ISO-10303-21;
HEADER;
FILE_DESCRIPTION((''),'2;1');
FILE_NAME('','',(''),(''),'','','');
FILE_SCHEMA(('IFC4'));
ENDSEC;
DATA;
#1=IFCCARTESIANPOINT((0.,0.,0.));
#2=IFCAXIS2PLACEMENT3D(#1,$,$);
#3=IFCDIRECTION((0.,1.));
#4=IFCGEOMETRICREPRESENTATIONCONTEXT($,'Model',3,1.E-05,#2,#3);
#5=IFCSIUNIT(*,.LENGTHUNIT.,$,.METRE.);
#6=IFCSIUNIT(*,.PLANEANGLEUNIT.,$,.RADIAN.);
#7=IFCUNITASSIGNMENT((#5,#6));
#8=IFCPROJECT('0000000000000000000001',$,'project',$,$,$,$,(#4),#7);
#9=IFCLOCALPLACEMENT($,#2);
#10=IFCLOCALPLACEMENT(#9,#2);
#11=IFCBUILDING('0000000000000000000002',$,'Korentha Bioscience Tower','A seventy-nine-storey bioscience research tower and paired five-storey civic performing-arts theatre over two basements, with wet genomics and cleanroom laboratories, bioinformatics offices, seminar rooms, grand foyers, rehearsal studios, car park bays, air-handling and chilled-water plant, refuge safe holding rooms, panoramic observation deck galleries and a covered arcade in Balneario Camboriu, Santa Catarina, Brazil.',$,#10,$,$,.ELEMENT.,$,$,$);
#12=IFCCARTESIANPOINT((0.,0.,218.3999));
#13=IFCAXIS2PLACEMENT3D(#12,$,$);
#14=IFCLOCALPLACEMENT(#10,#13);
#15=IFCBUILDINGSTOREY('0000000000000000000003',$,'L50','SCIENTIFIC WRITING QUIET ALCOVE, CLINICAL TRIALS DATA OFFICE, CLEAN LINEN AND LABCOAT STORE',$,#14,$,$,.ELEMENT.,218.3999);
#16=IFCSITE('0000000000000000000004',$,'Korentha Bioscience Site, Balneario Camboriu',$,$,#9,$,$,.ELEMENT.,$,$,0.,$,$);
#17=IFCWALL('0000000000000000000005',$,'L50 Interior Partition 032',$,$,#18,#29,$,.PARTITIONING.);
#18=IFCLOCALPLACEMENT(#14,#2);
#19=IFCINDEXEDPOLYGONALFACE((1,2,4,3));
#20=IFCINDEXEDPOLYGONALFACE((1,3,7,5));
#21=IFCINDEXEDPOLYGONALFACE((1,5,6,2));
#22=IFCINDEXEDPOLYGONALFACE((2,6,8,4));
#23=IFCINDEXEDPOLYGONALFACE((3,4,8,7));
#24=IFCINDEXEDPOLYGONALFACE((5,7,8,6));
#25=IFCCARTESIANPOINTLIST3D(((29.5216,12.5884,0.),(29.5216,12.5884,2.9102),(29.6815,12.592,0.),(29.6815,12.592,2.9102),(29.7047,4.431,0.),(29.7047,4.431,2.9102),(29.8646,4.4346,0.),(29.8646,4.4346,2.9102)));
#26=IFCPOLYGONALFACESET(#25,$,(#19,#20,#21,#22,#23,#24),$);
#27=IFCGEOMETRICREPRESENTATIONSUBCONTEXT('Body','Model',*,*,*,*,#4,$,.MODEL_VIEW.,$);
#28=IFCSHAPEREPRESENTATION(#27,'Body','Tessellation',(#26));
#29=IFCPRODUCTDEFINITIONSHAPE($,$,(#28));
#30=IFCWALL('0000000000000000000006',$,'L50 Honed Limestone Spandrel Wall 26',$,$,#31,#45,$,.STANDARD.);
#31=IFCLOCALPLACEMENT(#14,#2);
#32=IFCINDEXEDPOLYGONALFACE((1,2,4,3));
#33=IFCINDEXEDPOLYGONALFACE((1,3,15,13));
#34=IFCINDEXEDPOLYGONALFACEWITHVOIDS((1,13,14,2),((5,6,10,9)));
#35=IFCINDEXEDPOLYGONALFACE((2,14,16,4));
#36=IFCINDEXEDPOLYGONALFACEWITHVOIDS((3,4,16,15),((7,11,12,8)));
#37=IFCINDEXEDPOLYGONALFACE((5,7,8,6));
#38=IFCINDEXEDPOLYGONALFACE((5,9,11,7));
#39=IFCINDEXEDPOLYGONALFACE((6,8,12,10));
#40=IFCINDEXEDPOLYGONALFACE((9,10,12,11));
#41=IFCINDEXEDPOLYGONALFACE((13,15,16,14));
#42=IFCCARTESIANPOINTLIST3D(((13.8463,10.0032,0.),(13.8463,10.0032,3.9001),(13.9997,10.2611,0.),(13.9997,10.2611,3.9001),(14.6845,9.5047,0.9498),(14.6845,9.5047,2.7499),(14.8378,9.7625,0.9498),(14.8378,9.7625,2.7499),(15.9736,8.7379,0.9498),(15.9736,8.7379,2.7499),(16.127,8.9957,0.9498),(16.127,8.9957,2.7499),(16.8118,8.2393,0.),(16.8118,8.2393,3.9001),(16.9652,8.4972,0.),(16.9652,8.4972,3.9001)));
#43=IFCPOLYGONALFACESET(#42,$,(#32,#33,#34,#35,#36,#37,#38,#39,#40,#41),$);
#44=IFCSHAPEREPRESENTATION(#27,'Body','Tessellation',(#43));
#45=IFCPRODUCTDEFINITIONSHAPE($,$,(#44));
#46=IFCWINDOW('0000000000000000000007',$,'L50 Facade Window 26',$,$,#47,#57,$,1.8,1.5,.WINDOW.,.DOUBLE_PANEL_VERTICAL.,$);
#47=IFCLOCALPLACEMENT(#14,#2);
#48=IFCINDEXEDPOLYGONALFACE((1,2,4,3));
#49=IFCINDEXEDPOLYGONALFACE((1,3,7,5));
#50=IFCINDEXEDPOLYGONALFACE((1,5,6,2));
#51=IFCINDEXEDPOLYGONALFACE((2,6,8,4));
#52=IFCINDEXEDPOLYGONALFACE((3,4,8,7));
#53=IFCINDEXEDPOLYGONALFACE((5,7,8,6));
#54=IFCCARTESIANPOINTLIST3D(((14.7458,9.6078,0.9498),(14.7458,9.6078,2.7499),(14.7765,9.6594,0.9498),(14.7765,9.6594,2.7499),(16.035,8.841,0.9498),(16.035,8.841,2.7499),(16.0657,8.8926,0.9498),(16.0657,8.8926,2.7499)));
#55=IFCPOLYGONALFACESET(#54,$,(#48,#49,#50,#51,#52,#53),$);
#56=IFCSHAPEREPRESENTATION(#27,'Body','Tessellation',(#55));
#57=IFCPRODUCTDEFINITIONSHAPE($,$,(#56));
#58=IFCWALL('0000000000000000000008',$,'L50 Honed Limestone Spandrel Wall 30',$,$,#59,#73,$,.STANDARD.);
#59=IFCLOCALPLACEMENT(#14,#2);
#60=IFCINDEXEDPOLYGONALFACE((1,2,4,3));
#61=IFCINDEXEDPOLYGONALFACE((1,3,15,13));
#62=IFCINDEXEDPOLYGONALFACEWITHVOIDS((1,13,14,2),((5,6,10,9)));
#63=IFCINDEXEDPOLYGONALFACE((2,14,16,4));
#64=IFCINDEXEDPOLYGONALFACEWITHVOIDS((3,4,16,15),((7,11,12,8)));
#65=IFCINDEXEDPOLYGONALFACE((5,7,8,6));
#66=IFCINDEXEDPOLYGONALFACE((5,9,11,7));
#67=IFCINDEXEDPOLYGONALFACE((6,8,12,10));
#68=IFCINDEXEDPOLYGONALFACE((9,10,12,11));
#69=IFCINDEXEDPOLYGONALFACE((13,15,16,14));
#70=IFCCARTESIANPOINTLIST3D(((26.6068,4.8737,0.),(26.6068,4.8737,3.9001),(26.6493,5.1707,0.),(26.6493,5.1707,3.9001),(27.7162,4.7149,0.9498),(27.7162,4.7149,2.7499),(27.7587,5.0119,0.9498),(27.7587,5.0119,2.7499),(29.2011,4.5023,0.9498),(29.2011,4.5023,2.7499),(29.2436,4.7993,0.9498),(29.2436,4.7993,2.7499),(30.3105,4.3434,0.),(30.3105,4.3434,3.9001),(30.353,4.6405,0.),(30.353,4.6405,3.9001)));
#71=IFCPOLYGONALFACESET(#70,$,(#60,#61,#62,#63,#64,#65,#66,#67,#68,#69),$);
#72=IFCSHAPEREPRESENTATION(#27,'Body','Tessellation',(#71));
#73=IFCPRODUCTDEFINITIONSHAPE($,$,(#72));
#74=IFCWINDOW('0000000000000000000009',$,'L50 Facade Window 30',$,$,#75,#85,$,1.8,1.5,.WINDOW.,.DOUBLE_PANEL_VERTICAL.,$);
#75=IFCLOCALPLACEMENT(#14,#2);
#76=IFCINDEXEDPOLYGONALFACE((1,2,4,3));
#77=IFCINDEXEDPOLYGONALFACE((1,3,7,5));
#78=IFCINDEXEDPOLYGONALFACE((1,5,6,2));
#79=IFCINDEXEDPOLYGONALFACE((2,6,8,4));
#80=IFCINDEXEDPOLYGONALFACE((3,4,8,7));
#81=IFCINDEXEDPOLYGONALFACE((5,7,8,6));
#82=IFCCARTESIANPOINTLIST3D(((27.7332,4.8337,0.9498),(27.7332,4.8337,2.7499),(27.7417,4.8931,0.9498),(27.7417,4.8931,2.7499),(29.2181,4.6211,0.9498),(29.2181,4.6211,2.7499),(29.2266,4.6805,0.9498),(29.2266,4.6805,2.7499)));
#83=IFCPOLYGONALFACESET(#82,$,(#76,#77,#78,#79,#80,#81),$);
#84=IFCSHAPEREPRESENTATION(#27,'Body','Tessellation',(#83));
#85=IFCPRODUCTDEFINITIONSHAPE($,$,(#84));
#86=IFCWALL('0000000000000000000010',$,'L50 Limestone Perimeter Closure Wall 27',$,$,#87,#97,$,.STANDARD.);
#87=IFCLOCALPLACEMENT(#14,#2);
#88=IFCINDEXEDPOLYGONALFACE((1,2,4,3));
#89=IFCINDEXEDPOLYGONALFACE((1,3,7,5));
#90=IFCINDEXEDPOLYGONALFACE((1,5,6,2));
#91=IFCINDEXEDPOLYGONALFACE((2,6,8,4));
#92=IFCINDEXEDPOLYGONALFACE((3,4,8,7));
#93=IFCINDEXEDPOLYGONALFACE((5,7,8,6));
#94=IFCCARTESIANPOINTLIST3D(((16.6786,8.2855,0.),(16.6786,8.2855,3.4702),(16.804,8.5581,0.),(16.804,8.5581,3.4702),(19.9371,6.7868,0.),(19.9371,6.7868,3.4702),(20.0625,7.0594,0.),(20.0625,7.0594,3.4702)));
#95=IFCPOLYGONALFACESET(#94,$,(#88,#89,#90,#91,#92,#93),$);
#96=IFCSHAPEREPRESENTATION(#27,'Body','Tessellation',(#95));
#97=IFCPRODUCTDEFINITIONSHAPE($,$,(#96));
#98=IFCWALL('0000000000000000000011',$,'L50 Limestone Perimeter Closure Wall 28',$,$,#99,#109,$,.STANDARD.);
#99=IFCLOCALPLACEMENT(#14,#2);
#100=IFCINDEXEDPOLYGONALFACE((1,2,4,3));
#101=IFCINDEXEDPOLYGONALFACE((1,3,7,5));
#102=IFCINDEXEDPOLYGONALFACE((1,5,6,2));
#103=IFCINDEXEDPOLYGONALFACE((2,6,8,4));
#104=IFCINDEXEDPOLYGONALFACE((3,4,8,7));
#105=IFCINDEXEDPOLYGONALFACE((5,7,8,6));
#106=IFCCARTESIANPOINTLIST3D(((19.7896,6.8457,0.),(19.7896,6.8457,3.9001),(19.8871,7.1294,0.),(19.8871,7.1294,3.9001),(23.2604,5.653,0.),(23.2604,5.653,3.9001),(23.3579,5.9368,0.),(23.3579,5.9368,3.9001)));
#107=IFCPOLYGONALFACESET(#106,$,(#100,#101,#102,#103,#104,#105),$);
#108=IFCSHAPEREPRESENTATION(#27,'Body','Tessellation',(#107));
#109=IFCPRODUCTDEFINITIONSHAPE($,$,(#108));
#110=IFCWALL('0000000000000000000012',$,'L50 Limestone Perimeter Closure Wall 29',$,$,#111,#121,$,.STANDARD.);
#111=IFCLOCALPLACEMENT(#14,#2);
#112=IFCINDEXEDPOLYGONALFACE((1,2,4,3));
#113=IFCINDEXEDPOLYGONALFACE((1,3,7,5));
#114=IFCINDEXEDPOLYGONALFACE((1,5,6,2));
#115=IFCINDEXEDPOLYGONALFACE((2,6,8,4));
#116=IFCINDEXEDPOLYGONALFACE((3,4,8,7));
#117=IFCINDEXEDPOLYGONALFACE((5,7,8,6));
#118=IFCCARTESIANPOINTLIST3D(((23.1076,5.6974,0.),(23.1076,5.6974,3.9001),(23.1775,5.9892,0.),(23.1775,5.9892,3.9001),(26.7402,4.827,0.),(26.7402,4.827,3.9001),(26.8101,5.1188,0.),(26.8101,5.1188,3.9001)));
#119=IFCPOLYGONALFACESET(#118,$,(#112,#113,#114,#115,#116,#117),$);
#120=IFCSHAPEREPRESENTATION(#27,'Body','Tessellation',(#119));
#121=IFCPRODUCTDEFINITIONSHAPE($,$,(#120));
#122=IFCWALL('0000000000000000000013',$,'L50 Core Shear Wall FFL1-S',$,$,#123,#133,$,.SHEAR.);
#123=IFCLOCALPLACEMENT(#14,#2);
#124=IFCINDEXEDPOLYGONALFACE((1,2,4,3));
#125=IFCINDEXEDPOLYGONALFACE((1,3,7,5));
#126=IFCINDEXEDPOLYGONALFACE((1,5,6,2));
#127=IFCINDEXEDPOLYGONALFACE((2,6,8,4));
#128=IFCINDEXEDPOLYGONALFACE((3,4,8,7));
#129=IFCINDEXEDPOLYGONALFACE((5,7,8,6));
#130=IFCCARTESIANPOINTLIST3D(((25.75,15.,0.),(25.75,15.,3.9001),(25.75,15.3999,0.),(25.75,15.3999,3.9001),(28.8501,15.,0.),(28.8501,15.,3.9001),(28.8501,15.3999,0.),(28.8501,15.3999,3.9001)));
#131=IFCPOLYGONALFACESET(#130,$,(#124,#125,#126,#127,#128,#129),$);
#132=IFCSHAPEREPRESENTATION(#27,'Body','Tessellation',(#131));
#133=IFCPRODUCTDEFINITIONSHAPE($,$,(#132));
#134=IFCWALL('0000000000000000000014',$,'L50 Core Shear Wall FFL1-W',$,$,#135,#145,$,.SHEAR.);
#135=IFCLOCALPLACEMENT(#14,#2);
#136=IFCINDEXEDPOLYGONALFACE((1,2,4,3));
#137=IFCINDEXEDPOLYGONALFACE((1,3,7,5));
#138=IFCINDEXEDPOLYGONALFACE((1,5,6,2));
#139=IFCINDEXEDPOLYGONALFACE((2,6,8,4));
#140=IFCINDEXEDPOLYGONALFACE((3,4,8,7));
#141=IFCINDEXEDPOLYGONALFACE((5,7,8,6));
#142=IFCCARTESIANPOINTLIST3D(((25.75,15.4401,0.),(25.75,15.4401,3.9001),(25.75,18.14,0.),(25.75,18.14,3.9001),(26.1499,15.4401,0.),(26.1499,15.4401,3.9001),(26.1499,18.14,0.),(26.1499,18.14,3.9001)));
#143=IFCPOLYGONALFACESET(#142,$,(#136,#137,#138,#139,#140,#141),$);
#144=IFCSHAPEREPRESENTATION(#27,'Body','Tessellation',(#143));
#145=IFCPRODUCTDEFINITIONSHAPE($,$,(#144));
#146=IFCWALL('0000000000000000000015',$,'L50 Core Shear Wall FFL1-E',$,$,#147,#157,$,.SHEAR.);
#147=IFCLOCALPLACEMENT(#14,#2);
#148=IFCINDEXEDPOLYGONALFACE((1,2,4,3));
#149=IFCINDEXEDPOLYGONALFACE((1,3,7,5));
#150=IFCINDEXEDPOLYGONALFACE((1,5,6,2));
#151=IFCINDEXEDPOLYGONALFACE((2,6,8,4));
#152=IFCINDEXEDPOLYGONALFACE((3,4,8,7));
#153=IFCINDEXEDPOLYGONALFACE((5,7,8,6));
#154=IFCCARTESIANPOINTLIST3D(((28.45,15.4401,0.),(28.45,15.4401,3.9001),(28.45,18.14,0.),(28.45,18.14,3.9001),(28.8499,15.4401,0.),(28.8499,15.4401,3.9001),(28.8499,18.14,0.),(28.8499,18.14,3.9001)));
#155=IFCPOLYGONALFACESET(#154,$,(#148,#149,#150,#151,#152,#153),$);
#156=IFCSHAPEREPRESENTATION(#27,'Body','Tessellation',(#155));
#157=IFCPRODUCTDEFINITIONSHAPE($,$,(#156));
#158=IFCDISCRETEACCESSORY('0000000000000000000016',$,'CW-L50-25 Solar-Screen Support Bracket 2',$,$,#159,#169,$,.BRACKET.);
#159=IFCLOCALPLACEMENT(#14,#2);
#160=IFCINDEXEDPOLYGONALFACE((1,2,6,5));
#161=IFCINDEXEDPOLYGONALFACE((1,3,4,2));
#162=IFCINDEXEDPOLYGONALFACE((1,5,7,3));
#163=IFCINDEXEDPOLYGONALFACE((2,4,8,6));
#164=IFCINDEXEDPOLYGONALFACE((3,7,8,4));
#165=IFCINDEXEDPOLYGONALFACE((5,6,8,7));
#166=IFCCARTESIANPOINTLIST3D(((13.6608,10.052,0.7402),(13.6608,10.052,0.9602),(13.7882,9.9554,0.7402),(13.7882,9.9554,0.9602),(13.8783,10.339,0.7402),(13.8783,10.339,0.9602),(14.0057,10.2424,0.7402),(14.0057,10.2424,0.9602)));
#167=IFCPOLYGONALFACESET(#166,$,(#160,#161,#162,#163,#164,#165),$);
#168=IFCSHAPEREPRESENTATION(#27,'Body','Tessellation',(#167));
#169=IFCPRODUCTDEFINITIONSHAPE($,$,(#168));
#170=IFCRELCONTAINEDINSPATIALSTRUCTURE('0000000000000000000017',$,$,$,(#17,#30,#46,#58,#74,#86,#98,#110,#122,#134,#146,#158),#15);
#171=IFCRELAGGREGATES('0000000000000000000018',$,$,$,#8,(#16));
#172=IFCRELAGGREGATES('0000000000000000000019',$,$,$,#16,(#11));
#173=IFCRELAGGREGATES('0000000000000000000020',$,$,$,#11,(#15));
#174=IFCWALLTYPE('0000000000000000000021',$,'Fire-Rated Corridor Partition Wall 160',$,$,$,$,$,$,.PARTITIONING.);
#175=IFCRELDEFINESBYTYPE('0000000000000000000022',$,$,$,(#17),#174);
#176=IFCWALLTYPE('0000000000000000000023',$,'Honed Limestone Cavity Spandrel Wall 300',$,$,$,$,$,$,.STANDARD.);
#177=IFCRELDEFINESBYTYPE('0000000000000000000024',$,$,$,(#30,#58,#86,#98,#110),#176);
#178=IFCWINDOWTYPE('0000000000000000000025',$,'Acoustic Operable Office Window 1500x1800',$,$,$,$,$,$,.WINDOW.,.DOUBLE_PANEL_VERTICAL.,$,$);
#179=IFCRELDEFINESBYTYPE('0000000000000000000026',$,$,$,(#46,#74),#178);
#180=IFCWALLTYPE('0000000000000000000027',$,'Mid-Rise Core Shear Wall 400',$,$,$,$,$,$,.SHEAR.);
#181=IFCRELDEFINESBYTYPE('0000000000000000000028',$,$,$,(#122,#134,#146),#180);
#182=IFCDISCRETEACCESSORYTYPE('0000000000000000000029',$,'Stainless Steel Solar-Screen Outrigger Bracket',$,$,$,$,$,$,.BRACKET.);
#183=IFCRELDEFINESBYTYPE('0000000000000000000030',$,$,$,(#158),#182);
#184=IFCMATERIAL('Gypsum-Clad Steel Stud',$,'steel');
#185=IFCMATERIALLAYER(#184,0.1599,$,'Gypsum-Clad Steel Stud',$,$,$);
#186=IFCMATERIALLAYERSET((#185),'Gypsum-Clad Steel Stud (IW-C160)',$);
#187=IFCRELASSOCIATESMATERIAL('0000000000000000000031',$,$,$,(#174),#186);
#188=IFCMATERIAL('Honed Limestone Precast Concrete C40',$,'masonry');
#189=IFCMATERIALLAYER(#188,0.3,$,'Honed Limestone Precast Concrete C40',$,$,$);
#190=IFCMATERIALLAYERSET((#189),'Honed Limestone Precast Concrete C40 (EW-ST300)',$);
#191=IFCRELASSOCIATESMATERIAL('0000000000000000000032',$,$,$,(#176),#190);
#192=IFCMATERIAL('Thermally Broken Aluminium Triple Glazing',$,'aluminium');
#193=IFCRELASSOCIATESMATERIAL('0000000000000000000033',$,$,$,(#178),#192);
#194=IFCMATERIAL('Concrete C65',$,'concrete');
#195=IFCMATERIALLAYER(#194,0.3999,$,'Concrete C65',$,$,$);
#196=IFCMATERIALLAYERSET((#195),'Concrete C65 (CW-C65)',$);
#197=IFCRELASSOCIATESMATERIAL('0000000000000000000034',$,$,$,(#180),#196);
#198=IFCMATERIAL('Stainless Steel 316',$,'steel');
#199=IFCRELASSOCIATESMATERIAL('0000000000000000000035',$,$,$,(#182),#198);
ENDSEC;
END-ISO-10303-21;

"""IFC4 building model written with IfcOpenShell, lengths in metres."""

from ifc_helpers import new_model, si_unit, direction, frame, frame_2d, origin, origin_2d, place, context, subcontext, project, spatial, rectangle, extrude, material, layer, layer_set, type_object, element, fill, save


model = new_model("IFC4")

# Units and contexts
model_context = context("Model", 3, precision=1e-05, world=origin(), true_north=direction((0.0, 1.0)))
body_context = subcontext(model_context, "Body", "Model", "MODEL_VIEW")
ifc_project = project(units=[si_unit("LENGTHUNIT", "METRE"), si_unit("PLANEANGLEUNIT", "RADIAN")], contexts=[model_context])

# Site, building, storey
site_placement = place(None, origin())
site = spatial("IfcSite", under=ifc_project, at=site_placement, Name="Korentha Bioscience Site, Balneario Camboriu", CompositionType="ELEMENT", RefElevation=0.0)
building_placement = place(site_placement, origin())
building = spatial("IfcBuilding", under=site, at=building_placement, Name="Korentha Bioscience Tower", Description="A seventy-nine-storey bioscience research tower and paired five-storey civic performing-arts theatre over two basements, with wet genomics and cleanroom laboratories, bioinformatics offices, seminar rooms, grand foyers, rehearsal studios, car park bays, air-handling and chilled-water plant, refuge safe holding rooms, panoramic observation deck galleries and a covered arcade in Balneario Camboriu, Santa Catarina, Brazil.", CompositionType="ELEMENT")
storey_placement = place(building_placement, frame((0.0, 0.0, 218.3999)))
storey = spatial("IfcBuildingStorey", under=building, at=storey_placement, Name="L50", Description="SCIENTIFIC WRITING QUIET ALCOVE, CLINICAL TRIALS DATA OFFICE, CLEAN LINEN AND LABCOAT STORE", CompositionType="ELEMENT", Elevation=218.3999)

# Shared definitions
ifc_material_1 = material(Name="Concrete C65", Category="concrete")

# Shared definitions
ifc_material_2 = material(Name="Gypsum-Clad Steel Stud", Category="steel")
ifc_layer_1 = layer(ifc_material_2, 0.1599, Name="Gypsum-Clad Steel Stud")
ifc_layer_set_1 = layer_set([ifc_layer_1], Name="Gypsum-Clad Steel Stud (IW-C160)")
wall_type_1 = type_object("IfcWallType", Name="Fire-Rated Corridor Partition Wall 160", PredefinedType="PARTITIONING", material=ifc_layer_set_1)

# Wall
wall_1_placement = place(storey_placement, frame((29.6016, 12.5901, 0.0), z_axis=(0.0, 0.0, 1.0), x_axis=(0.022441, -0.999748, 0.0)))
element("IfcWall", 1, at=wall_1_placement, inside=storey, type_object=wall_type_1, Name="L50 Interior Partition 032", PredefinedType="PARTITIONING", context=body_context, shape_type="SweptSolid", body=[
    extrude(rectangle(XDim=8.1594, YDim=0.1599, at=frame_2d((4.0796, 0.0))), origin(), (0.0, 0.0, 1.0), 2.9102),
])

# Walls, openings, windows
ifc_material_3 = material(Name="Honed Limestone Precast Concrete C40", Category="masonry")
ifc_layer_2 = layer(ifc_material_3, 0.3, Name="Honed Limestone Precast Concrete C40")
ifc_layer_set_2 = layer_set([ifc_layer_2], Name="Honed Limestone Precast Concrete C40 (EW-ST300)")
wall_type_2 = type_object("IfcWallType", Name="Honed Limestone Cavity Spandrel Wall 300", PredefinedType="STANDARD", material=ifc_layer_set_2)
wall_2_placement = place(storey_placement, frame((13.9231, 10.1321, 0.0), z_axis=(0.0, 0.0, 1.0), x_axis=(0.859459, -0.511204, 0.0)))
wall_2 = element("IfcWall", 2, at=wall_2_placement, inside=storey, type_object=wall_type_2, Name="L50 Honed Limestone Spandrel Wall 26", PredefinedType="STANDARD", context=body_context, shape_type="SweptSolid", body=[
    extrude(rectangle(XDim=3.4504, YDim=0.3, at=frame_2d((1.7251, 0.0))), origin(), (0.0, 0.0, 1.0), 3.9001),
])
opening_1_placement = place(wall_2_placement, frame((0.9751, 0.0, 0.95)))
opening_1 = element("IfcOpeningElement", 3, at=opening_1_placement, cuts=wall_2, PredefinedType="OPENING", context=body_context, shape_type="SweptSolid", body=[
    extrude(rectangle(XDim=1.5, YDim=1.8, at=frame_2d((0.75, 0.8999))), frame((0.0, 0.165, 0.0), z_axis=(0.0, -1.0, 0.0), x_axis=(1.0, 0.0, 0.0)), (0.0, 0.0, 1.0), 0.3298),
])
ifc_material_4 = material(Name="Thermally Broken Aluminium Triple Glazing", Category="aluminium")
window_type = type_object("IfcWindowType", Name="Acoustic Operable Office Window 1500x1800", PartitioningType="DOUBLE_PANEL_VERTICAL", PredefinedType="WINDOW", material=ifc_material_4)
window_1_placement = place(opening_1_placement, origin())
window_1 = element("IfcWindow", 4, at=window_1_placement, inside=storey, type_object=window_type, Name="L50 Facade Window 26", OverallHeight=1.8, OverallWidth=1.5, PartitioningType="DOUBLE_PANEL_VERTICAL", PredefinedType="WINDOW", context=body_context, shape_type="SweptSolid", body=[
    extrude(rectangle(XDim=1.5, YDim=1.8, at=frame_2d((0.75, 0.8999))), frame((0.0, 0.03, 0.0), z_axis=(0.0, -1.0, 0.0), x_axis=(1.0, 0.0, 0.0)), (0.0, 0.0, 1.0), 0.0601),
])
fill(opening_1, window_1)
wall_3_placement = place(storey_placement, frame((26.6282, 5.0222, 0.0), z_axis=(0.0, 0.0, 1.0), x_axis=(0.989905, -0.141732, 0.0)))
wall_3 = element("IfcWall", 5, at=wall_3_placement, inside=storey, type_object=wall_type_2, Name="L50 Honed Limestone Spandrel Wall 30", PredefinedType="STANDARD", context=body_context, shape_type="SweptSolid", body=[
    extrude(rectangle(XDim=3.7415, YDim=0.3, at=frame_2d((1.8706, 0.0))), origin(), (0.0, 0.0, 1.0), 3.9001),
])
opening_2_placement = place(wall_3_placement, frame((1.1206, 0.0, 0.95)))
opening_2 = element("IfcOpeningElement", 6, at=opening_2_placement, cuts=wall_3, PredefinedType="OPENING", context=body_context, shape_type="SweptSolid", body=[
    extrude(rectangle(XDim=1.5, YDim=1.8, at=frame_2d((0.75, 0.8999))), frame((0.0, 0.165, 0.0), z_axis=(0.0, -1.0, 0.0), x_axis=(1.0, 0.0, 0.0)), (0.0, 0.0, 1.0), 0.3298),
])
window_2_placement = place(opening_2_placement, origin())
window_2 = element("IfcWindow", 7, at=window_2_placement, inside=storey, type_object=window_type, Name="L50 Facade Window 30", OverallHeight=1.8, OverallWidth=1.5, PartitioningType="DOUBLE_PANEL_VERTICAL", PredefinedType="WINDOW", context=body_context, shape_type="SweptSolid", body=[
    extrude(rectangle(XDim=1.5, YDim=1.8, at=frame_2d((0.75, 0.8999))), frame((0.0, 0.03, 0.0), z_axis=(0.0, -1.0, 0.0), x_axis=(1.0, 0.0, 0.0)), (0.0, 0.0, 1.0), 0.0601),
])
fill(opening_2, window_2)

# Walls
wall_4_placement = place(storey_placement, frame((16.7412, 8.4219, 0.0), z_axis=(0.0, 0.0, 1.0), x_axis=(0.908506, -0.417871, 0.0)))
element("IfcWall", 8, at=wall_4_placement, inside=storey, type_object=wall_type_2, Name="L50 Limestone Perimeter Closure Wall 27", PredefinedType="STANDARD", context=body_context, shape_type="SweptSolid", body=[
    extrude(rectangle(XDim=3.5867, YDim=0.3, at=frame_2d((1.7935, 0.0))), origin(), (0.0, 0.0, 1.0), 3.4702),
])
wall_5_placement = place(storey_placement, frame((19.8384, 6.9875, 0.0), z_axis=(0.0, 0.0, 1.0), x_axis=(0.945722, -0.324976, 0.0)))
element("IfcWall", 9, at=wall_5_placement, inside=storey, type_object=wall_type_2, Name="L50 Limestone Perimeter Closure Wall 28", PredefinedType="STANDARD", context=body_context, shape_type="SweptSolid", body=[
    extrude(rectangle(XDim=3.6699, YDim=0.3, at=frame_2d((1.835, 0.0))), origin(), (0.0, 0.0, 1.0), 3.9001),
])
wall_6_placement = place(storey_placement, frame((23.1426, 5.8433, 0.0), z_axis=(0.0, 0.0, 1.0), x_axis=(0.972476, -0.233005, 0.0)))
element("IfcWall", 10, at=wall_6_placement, inside=storey, type_object=wall_type_2, Name="L50 Limestone Perimeter Closure Wall 29", PredefinedType="STANDARD", context=body_context, shape_type="SweptSolid", body=[
    extrude(rectangle(XDim=3.7354, YDim=0.3, at=frame_2d((1.8677, 0.0))), origin(), (0.0, 0.0, 1.0), 3.9001),
])
ifc_layer_3 = layer(ifc_material_1, 0.3999, Name="Concrete C65")
ifc_layer_set_3 = layer_set([ifc_layer_3], Name="Concrete C65 (CW-C65)")
wall_type_3 = type_object("IfcWallType", Name="Mid-Rise Core Shear Wall 400", PredefinedType="SHEAR", material=ifc_layer_set_3)
wall_7_placement = place(storey_placement, frame((25.75, 15.2, 0.0), z_axis=(0.0, 0.0, 1.0), x_axis=(1.0, 0.0, 0.0)))
element("IfcWall", 11, at=wall_7_placement, inside=storey, type_object=wall_type_3, Name="L50 Core Shear Wall FFL1-S", PredefinedType="SHEAR", context=body_context, shape_type="SweptSolid", body=[
    extrude(rectangle(XDim=3.1001, YDim=0.3999, at=frame_2d((1.55, 0.0))), origin(), (0.0, 0.0, 1.0), 3.9001),
])
for number, where, z_axis, x_axis, name in (
    (12, (25.95, 15.4399, 0.0), (0.0, 0.0, 1.0), (0.0, 1.0, 0.0), "L50 Core Shear Wall FFL1-W"),
    (13, (28.6499, 15.4399, 0.0), (0.0, 0.0, 1.0), (0.0, 1.0, 0.0), "L50 Core Shear Wall FFL1-E"),
):
    element("IfcWall", number, at=place(storey_placement, frame(where, z_axis=z_axis, x_axis=x_axis)), inside=storey, type_object=wall_type_3, Name=name, PredefinedType="SHEAR", context=body_context, shape_type="SweptSolid", body=[
        extrude(rectangle(XDim=2.7, YDim=0.3999, at=frame_2d((1.3501, 0.0))), origin(), (0.0, 0.0, 1.0), 3.9001),
    ])

# Discrete accessory
ifc_material_5 = material(Name="Stainless Steel 316", Category="steel")
discrete_accessory_type = type_object("IfcDiscreteAccessoryType", Name="Stainless Steel Solar-Screen Outrigger Bracket", PredefinedType="BRACKET", material=ifc_material_5)
discrete_accessory_placement = place(storey_placement, frame((13.8333, 10.1472, 0.7402), z_axis=(0.0, 0.0, 1.0), x_axis=(0.796889, -0.604126, 0.0)))
element("IfcDiscreteAccessory", 14, at=discrete_accessory_placement, inside=storey, type_object=discrete_accessory_type, Name="CW-L50-25 Solar-Screen Support Bracket 2", PredefinedType="BRACKET", context=body_context, shape_type="SweptSolid", body=[
    extrude(rectangle(XDim=0.1599, YDim=0.3601, at=origin_2d()), origin(), (0.0, 0.0, 1.0), 0.22),
])

save(model, "model.ifc")
